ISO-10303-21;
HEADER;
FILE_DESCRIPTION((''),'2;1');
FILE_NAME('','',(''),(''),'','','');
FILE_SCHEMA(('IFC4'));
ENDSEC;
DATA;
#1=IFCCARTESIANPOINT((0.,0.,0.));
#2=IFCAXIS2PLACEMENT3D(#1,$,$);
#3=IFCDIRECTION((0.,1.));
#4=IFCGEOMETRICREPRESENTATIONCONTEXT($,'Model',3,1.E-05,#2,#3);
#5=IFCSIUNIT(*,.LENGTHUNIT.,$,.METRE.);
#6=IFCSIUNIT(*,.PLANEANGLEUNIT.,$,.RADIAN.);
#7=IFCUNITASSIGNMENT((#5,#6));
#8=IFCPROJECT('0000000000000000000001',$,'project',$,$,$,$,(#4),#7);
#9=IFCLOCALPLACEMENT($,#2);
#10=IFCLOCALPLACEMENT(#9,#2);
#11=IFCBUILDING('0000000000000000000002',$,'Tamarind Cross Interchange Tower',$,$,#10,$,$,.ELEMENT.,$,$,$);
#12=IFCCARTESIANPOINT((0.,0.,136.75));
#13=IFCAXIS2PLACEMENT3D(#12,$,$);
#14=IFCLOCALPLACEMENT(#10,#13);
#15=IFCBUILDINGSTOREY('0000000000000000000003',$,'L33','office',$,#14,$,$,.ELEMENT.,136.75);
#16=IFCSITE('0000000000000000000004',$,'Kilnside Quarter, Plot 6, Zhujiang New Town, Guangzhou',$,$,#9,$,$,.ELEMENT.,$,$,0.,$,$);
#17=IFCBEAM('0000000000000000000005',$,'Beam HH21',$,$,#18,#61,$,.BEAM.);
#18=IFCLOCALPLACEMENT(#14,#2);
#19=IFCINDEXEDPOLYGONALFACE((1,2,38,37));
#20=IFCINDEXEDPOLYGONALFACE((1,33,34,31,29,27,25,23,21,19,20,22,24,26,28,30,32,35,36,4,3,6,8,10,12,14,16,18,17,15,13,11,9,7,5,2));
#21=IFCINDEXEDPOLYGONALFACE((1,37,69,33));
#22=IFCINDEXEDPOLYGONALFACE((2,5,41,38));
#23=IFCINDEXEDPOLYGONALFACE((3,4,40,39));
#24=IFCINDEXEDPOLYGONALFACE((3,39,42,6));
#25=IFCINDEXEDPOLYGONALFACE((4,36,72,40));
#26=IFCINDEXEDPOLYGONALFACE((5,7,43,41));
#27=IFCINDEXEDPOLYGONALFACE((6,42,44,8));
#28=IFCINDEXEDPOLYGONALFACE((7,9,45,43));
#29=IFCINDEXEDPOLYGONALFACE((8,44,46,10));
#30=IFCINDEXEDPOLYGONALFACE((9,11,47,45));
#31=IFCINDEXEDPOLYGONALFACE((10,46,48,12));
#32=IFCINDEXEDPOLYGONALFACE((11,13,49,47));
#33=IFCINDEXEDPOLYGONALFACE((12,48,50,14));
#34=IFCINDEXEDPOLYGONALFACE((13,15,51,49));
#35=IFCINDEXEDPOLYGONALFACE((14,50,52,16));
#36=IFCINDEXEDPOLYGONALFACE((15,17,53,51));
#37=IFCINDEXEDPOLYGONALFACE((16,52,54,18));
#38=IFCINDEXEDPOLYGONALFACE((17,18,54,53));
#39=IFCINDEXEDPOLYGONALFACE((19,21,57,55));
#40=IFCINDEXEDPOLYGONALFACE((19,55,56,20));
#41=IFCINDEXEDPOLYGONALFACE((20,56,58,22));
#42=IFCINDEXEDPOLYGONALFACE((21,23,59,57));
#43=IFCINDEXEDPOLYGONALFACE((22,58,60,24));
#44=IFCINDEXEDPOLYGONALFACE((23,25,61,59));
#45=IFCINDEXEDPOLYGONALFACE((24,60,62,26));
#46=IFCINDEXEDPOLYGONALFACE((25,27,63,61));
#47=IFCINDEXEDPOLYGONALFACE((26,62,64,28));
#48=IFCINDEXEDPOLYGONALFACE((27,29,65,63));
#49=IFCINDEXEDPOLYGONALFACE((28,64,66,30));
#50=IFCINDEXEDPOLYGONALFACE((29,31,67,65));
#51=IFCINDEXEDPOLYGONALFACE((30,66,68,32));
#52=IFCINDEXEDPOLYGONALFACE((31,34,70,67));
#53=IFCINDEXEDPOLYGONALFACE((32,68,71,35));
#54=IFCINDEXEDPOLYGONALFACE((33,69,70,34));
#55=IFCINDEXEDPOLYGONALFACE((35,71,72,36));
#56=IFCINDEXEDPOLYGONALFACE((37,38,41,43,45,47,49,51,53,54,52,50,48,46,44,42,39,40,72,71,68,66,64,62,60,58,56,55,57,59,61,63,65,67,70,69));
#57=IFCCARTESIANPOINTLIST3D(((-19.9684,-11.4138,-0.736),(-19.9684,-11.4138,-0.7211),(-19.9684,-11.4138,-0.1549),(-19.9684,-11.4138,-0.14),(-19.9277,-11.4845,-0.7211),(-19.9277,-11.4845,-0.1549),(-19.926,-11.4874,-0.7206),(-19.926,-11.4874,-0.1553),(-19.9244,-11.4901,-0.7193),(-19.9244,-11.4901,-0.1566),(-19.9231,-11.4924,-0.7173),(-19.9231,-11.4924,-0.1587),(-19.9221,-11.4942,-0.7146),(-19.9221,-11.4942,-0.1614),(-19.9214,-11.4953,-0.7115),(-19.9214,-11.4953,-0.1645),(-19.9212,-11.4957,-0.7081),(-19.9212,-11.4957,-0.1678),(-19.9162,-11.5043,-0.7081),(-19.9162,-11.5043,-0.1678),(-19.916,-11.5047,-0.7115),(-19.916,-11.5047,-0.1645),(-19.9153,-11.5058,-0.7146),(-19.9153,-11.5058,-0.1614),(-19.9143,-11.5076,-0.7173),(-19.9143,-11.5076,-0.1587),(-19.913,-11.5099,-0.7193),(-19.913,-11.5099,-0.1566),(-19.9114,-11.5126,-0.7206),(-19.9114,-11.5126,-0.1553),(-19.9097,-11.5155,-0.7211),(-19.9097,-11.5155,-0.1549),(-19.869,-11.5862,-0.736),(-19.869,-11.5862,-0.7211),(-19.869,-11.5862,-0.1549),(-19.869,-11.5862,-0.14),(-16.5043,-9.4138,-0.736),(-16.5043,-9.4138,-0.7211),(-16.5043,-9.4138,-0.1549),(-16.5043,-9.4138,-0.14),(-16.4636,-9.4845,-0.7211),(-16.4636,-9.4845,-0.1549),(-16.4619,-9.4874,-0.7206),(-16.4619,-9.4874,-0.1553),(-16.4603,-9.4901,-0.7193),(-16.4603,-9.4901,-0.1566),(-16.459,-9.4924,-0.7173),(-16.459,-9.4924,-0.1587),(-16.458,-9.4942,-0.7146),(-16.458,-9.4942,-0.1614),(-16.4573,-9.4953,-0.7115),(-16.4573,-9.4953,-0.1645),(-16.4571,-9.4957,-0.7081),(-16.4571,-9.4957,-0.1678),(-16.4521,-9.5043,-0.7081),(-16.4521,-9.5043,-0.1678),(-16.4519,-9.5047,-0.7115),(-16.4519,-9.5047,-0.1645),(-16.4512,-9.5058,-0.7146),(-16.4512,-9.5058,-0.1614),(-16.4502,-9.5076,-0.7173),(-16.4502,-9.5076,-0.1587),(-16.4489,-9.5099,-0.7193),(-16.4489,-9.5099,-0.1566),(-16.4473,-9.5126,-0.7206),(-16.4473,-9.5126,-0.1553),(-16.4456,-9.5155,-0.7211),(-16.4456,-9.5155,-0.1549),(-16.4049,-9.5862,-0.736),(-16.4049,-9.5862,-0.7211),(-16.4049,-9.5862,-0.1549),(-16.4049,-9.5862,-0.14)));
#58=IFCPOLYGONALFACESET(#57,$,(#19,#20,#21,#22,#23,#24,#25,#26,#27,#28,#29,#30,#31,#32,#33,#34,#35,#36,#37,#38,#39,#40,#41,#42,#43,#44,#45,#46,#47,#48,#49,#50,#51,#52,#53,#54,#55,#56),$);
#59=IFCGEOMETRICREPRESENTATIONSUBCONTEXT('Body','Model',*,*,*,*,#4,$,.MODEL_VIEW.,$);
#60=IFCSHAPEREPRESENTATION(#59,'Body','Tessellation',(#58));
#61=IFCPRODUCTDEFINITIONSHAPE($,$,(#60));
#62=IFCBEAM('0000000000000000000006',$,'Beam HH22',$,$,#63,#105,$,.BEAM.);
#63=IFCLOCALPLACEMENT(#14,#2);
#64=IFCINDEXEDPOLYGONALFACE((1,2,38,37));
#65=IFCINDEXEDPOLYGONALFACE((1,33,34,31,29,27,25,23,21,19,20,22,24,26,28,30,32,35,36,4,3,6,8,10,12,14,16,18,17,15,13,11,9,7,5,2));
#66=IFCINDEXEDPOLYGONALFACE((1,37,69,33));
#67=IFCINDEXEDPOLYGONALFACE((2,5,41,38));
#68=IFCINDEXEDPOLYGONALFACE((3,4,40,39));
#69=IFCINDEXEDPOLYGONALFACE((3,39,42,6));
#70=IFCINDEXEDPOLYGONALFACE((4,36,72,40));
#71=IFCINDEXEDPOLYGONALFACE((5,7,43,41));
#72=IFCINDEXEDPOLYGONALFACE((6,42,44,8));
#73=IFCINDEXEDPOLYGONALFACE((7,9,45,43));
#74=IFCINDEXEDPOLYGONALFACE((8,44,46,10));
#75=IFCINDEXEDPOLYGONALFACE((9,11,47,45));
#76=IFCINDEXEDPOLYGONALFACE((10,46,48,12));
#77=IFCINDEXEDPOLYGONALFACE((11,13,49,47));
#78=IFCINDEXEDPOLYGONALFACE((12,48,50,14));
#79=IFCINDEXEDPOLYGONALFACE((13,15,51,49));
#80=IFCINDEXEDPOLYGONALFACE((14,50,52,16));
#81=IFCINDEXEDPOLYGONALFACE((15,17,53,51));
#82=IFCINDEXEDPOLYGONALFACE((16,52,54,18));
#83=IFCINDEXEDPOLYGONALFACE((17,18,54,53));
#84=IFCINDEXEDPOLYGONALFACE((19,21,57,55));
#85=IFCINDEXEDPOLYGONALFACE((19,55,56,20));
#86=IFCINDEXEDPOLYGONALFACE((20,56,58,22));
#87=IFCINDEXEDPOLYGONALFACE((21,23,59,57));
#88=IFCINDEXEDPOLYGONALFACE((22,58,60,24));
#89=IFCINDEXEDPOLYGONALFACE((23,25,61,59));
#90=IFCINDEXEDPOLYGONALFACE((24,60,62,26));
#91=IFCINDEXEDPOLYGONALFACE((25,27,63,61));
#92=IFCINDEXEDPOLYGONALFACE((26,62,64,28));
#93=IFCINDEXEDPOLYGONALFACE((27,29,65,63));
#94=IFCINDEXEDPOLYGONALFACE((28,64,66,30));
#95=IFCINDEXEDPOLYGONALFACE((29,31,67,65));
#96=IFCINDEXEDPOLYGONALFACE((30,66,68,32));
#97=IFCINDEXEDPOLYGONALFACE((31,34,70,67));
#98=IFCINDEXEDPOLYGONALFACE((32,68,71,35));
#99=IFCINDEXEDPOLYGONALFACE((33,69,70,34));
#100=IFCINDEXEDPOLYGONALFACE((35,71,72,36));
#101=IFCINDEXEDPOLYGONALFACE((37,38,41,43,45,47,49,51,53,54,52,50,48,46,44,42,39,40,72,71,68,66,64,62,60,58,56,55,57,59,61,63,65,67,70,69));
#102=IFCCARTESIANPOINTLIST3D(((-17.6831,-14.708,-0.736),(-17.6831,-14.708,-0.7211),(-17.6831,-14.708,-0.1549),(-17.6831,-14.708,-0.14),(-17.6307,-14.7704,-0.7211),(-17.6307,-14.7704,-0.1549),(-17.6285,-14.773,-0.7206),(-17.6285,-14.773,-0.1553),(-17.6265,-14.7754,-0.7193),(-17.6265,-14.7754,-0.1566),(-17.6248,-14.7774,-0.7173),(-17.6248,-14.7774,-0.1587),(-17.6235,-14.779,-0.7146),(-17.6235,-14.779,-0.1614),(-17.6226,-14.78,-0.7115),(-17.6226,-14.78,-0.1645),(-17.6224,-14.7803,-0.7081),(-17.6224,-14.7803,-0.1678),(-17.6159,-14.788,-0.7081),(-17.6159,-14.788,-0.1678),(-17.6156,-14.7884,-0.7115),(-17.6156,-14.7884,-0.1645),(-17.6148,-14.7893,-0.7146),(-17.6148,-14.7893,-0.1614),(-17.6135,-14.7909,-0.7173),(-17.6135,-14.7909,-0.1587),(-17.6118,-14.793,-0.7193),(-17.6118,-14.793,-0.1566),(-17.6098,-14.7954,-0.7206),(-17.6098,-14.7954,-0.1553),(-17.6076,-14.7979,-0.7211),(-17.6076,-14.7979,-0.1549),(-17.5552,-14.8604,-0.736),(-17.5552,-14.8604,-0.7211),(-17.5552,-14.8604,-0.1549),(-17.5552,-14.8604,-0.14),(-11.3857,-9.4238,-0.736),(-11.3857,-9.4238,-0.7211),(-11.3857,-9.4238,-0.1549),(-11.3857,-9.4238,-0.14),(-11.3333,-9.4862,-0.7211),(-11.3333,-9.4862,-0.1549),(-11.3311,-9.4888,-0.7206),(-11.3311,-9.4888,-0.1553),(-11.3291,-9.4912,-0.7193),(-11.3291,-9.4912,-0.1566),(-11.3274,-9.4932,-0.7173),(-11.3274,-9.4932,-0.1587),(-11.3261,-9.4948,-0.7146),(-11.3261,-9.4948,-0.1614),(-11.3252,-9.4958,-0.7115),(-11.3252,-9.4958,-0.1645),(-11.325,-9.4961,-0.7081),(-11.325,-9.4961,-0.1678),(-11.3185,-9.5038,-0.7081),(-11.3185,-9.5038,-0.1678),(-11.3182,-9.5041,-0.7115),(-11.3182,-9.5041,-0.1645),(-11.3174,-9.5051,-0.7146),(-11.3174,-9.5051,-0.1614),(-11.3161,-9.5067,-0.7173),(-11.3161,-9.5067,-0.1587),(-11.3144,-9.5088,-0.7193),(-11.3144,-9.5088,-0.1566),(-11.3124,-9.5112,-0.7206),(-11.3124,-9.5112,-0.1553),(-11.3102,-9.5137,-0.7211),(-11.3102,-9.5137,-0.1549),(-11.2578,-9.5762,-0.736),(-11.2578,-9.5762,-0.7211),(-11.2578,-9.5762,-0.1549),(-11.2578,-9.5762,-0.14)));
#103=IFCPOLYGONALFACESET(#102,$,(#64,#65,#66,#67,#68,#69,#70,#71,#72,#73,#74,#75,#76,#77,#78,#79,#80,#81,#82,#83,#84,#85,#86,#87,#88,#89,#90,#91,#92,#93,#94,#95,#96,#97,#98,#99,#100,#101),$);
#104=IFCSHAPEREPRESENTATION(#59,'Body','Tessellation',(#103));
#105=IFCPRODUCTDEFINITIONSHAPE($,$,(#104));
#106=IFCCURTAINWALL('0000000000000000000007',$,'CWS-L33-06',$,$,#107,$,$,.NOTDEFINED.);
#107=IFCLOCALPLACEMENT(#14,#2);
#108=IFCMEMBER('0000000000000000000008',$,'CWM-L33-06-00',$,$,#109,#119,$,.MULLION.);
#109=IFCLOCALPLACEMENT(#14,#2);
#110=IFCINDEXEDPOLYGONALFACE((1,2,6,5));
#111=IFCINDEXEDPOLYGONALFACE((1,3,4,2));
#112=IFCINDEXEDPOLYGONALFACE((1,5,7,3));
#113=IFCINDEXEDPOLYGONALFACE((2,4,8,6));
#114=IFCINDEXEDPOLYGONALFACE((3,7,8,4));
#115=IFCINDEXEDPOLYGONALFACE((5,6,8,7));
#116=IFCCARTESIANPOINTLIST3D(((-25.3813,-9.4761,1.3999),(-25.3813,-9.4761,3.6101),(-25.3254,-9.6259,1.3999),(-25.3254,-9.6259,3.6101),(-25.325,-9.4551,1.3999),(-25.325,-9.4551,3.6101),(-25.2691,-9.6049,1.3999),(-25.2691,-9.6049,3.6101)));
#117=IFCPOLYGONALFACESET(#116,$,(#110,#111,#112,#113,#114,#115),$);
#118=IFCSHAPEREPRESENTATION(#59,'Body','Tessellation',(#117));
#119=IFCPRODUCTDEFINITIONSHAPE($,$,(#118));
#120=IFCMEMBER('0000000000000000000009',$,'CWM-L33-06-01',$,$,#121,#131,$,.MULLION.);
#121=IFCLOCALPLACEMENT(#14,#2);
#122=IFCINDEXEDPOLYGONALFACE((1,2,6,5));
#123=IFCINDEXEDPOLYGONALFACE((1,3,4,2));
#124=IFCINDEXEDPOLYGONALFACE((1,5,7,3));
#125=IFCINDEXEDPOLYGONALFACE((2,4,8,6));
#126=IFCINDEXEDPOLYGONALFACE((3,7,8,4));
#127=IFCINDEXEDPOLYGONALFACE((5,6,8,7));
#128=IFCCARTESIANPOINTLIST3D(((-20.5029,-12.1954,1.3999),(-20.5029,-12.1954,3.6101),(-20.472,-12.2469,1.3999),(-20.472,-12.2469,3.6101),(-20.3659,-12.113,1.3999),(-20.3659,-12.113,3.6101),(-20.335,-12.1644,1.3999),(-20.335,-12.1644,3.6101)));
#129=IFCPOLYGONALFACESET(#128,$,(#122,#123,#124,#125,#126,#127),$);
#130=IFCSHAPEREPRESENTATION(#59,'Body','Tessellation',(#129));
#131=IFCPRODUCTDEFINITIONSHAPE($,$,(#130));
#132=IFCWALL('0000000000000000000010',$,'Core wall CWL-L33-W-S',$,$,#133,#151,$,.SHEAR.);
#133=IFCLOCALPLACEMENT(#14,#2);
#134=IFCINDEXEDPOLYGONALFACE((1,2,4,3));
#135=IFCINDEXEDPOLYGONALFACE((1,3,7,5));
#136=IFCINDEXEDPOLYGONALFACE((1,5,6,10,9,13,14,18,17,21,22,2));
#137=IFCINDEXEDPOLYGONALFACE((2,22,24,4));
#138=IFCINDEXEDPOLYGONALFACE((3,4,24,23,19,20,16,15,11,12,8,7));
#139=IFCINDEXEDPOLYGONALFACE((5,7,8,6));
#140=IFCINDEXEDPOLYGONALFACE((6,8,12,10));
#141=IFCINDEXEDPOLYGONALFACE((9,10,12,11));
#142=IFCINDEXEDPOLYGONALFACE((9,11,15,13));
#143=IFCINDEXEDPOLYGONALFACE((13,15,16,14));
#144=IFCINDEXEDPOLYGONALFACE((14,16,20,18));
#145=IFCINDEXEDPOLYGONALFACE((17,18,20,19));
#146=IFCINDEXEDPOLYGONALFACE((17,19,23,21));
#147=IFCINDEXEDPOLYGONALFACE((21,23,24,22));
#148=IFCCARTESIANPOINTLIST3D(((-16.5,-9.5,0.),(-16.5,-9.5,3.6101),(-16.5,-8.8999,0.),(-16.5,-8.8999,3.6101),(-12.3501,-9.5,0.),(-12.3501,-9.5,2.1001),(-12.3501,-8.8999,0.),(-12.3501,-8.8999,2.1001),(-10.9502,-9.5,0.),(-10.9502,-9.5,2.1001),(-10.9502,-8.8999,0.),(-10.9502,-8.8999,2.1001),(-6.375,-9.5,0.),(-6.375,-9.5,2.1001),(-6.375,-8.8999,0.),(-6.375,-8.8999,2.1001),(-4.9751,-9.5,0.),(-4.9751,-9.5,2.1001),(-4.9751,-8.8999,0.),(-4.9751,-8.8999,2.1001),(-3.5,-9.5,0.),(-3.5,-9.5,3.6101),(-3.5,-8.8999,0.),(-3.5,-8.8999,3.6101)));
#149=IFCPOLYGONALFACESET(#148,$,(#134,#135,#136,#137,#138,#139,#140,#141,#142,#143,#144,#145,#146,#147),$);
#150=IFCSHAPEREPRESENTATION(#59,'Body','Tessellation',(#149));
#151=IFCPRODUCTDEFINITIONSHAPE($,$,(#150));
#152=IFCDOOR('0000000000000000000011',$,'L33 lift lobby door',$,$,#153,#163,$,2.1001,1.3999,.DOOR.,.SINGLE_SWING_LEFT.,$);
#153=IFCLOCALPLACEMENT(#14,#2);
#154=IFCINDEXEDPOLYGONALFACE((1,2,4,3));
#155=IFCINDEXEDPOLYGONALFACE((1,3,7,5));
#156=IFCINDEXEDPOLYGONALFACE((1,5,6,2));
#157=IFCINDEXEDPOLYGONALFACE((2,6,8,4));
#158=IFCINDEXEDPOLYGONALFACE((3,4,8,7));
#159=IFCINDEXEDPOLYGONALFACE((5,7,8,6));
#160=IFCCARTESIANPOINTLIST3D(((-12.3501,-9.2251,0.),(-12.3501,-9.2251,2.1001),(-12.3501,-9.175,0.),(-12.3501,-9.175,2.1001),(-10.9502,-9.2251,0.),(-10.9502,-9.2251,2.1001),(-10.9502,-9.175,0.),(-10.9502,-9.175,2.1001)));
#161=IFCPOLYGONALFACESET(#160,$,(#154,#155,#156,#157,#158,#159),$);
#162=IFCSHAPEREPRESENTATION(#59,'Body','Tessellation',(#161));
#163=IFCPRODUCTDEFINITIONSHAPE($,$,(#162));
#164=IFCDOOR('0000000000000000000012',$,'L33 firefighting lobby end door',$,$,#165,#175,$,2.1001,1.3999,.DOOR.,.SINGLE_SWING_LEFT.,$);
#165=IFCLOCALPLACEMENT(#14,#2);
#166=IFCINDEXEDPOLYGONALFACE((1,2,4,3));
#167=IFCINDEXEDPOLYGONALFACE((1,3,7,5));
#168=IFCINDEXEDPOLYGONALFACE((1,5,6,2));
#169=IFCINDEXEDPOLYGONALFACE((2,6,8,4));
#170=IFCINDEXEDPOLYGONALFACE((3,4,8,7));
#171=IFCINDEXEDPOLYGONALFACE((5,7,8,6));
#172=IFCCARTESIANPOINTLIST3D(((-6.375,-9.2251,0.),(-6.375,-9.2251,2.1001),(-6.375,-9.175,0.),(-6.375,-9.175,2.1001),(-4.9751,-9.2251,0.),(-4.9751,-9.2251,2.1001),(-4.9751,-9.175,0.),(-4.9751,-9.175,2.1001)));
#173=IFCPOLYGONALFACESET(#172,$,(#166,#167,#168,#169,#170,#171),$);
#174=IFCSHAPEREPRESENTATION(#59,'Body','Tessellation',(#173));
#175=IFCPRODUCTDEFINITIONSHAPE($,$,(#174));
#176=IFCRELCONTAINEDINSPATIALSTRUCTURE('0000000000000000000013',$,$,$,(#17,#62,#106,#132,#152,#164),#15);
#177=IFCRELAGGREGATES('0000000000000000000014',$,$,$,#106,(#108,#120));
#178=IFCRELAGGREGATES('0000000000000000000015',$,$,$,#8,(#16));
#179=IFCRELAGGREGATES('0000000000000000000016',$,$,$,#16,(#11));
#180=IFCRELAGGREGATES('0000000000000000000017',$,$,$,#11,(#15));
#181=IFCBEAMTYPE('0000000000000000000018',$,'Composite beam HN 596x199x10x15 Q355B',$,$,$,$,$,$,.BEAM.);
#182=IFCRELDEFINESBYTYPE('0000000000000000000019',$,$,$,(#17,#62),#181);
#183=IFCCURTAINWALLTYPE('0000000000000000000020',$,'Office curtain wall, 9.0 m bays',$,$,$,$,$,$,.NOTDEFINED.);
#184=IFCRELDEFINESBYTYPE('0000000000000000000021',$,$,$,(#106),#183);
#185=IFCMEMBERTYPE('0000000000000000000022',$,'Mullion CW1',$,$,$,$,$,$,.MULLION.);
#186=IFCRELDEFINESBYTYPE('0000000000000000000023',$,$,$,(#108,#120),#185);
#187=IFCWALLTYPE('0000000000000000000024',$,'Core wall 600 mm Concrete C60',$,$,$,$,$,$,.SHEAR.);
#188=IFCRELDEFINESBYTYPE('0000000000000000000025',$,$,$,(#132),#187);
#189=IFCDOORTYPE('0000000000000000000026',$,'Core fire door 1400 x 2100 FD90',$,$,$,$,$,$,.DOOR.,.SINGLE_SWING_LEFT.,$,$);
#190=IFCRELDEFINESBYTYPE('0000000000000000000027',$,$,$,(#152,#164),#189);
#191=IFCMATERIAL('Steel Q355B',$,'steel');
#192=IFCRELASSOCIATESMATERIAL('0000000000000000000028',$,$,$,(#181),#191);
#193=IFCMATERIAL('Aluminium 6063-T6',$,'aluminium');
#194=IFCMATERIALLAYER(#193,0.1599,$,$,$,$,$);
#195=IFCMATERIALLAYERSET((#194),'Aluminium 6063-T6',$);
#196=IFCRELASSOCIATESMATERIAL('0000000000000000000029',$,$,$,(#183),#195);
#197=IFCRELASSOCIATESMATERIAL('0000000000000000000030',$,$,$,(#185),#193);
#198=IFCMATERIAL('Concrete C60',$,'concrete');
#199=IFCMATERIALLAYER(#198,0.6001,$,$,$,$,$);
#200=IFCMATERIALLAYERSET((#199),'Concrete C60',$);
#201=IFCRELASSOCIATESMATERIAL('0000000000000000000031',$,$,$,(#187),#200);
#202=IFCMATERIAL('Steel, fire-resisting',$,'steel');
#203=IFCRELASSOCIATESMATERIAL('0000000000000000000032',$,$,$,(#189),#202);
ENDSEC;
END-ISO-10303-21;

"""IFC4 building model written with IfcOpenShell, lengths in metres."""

from ifc_helpers import new_model, si_unit, direction, frame, frame_2d, origin, origin_2d, place, context, subcontext, project, spatial, rectangle, i_section, extrude, material, layer, layer_set, material_profile, profile_set, type_object, element, fill, aggregate, save


model = new_model("IFC4")

# Units and contexts
model_context = context("Model", 3, precision=1e-05, world=origin(), true_north=direction((0.0, 1.0)))
body_context = subcontext(model_context, "Body", "Model", "MODEL_VIEW")
ifc_project = project(units=[si_unit("LENGTHUNIT", "METRE"), si_unit("PLANEANGLEUNIT", "RADIAN")], contexts=[model_context])

# Site, building, storey
site_placement = place(None, origin())
site = spatial("IfcSite", under=ifc_project, at=site_placement, Name="Kilnside Quarter, Plot 6, Zhujiang New Town, Guangzhou", CompositionType="ELEMENT", RefElevation=0.0)
building_placement = place(site_placement, origin())
building = spatial("IfcBuilding", under=site, at=building_placement, Name="Tamarind Cross Interchange Tower", CompositionType="ELEMENT")
storey_placement = place(building_placement, frame((0.0, 0.0, 136.75)))
storey = spatial("IfcBuildingStorey", under=building, at=storey_placement, Name="L33", Description="office", CompositionType="ELEMENT", Elevation=136.75)

# Shared definitions
ifc_material_1 = material(Name="Concrete C60", Category="concrete")

# Beams
ifc_material_2 = material(Name="Steel Q355B", Category="steel")
ifc_material_profile_1 = material_profile(ifc_material_2, i_section(OverallWidth=0.199, OverallDepth=0.5959, WebThickness=0.01, FlangeThickness=0.0149, FilletRadius=0.0129, at=origin_2d()), Name="HN 596x199x10x15")
ifc_profile_set_1 = profile_set([ifc_material_profile_1], Name="Steel Q355B")
beam_type_1 = type_object("IfcBeamType", Name="Composite beam HN 596x199x10x15 Q355B", PredefinedType="BEAM", material=ifc_profile_set_1)
beam_1_placement = place(storey_placement, frame((-19.9187, -11.5, -0.438), z_axis=(0.866026, 0.499999, 0.0), x_axis=(-0.499999, 0.866026, 0.0)))
element("IfcBeam", 1, at=beam_1_placement, inside=storey, type_object=beam_type_1, Name="Beam HH21", PredefinedType="BEAM", context=body_context, shape_type="SweptSolid", body=[
    extrude(i_section(OverallWidth=0.199, OverallDepth=0.5959, WebThickness=0.01, FlangeThickness=0.0149, FilletRadius=0.0129, at=origin_2d()), origin(), (0.0, 0.0, 1.0), 4.0),
])
beam_2_placement = place(storey_placement, frame((-17.6191, -14.7842, -0.438), z_axis=(0.766041, 0.642792, 0.0), x_axis=(-0.642792, 0.766041, 0.0)))
element("IfcBeam", 2, at=beam_2_placement, inside=storey, type_object=beam_type_1, Name="Beam HH22", PredefinedType="BEAM", context=body_context, shape_type="SweptSolid", body=[
    extrude(i_section(OverallWidth=0.199, OverallDepth=0.5959, WebThickness=0.01, FlangeThickness=0.0149, FilletRadius=0.0129, at=origin_2d()), origin(), (0.0, 0.0, 1.0), 8.2207),
])

# Curtain wall, members
ifc_material_3 = material(Name="Aluminium 6063-T6", Category="aluminium")
ifc_layer_1 = layer(ifc_material_3, 0.1599)
ifc_layer_set_1 = layer_set([ifc_layer_1], Name="Aluminium 6063-T6")
curtain_wall_type = type_object("IfcCurtainWallType", Name="Office curtain wall, 9.0 m bays", PredefinedType="NOTDEFINED", material=ifc_layer_set_1)
curtain_wall_placement = place(storey_placement, origin())
curtain_wall = element("IfcCurtainWall", 3, at=curtain_wall_placement, inside=storey, type_object=curtain_wall_type, Name="CWS-L33-06", PredefinedType="NOTDEFINED")
ifc_material_profile_2 = material_profile(ifc_material_3, rectangle(XDim=0.0601, YDim=0.1599, at=origin_2d()), Name="Mullion CW1")
ifc_profile_set_2 = profile_set([ifc_material_profile_2], Name="Aluminium 6063-T6")
member_type = type_object("IfcMemberType", Name="Mullion CW1", PredefinedType="MULLION", material=ifc_profile_set_2)
member_1_placement = place(storey_placement, frame((-25.3252, -9.5405, 1.3999), z_axis=(0.0, 0.0, 1.0), x_axis=(0.936835, 0.349771, 0.0)))
member_1 = element("IfcMember", 4, at=member_1_placement, type_object=member_type, Name="CWM-L33-06-00", PredefinedType="MULLION", context=body_context, shape_type="SweptSolid", body=[
    extrude(rectangle(XDim=0.0601, YDim=0.1599, at=origin_2d()), origin(), (0.0, 0.0, 1.0), 2.2102),
])
member_2_placement = place(storey_placement, frame((-20.4189, -12.1799, 1.3999), z_axis=(0.0, 0.0, 1.0), x_axis=(0.515577, -0.856843, 0.0)))
member_2 = element("IfcMember", 5, at=member_2_placement, type_object=member_type, Name="CWM-L33-06-01", PredefinedType="MULLION", context=body_context, shape_type="SweptSolid", body=[
    extrude(rectangle(XDim=0.0601, YDim=0.1599, at=origin_2d()), origin(), (0.0, 0.0, 1.0), 2.2102),
])
aggregate(curtain_wall, [member_1, member_2])

# Wall, openings, doors
ifc_layer_2 = layer(ifc_material_1, 0.6001)
ifc_layer_set_2 = layer_set([ifc_layer_2], Name="Concrete C60")
wall_type_1 = type_object("IfcWallType", Name="Core wall 600 mm Concrete C60", PredefinedType="SHEAR", material=ifc_layer_set_2)
wall_1_placement = place(storey_placement, frame((-16.5, -9.2, 0.0), z_axis=(0.0, 0.0, 1.0), x_axis=(1.0, 0.0, 0.0)))
wall_1 = element("IfcWall", 6, at=wall_1_placement, inside=storey, type_object=wall_type_1, Name="Core wall CWL-L33-W-S", PredefinedType="SHEAR", context=body_context, shape_type="SweptSolid", body=[
    extrude(rectangle(XDim=13.0, YDim=0.6001, at=frame_2d((6.5, 0.0))), origin(), (0.0, 0.0, 1.0), 3.6101),
])
opening_1_placement = place(wall_1_placement, frame((4.1499, 0.0, 0.0)))
opening_1 = element("IfcOpeningElement", 7, at=opening_1_placement, cuts=wall_1, PredefinedType="OPENING", context=body_context, shape_type="SweptSolid", body=[
    extrude(rectangle(XDim=1.3999, YDim=2.1001, at=frame_2d((0.7, 1.05))), frame((0.0, 0.3101, 0.0), z_axis=(0.0, -1.0, 0.0), x_axis=(1.0, 0.0, 0.0)), (0.0, 0.0, 1.0), 0.6201),
])
opening_2_placement = place(wall_1_placement, frame((10.125, 0.0, 0.0)))
opening_2 = element("IfcOpeningElement", 8, at=opening_2_placement, cuts=wall_1, PredefinedType="OPENING", context=body_context, shape_type="SweptSolid", body=[
    extrude(rectangle(XDim=1.3999, YDim=2.1001, at=frame_2d((0.7, 1.05))), frame((0.0, 0.3101, 0.0), z_axis=(0.0, -1.0, 0.0), x_axis=(1.0, 0.0, 0.0)), (0.0, 0.0, 1.0), 0.6201),
])
ifc_material_4 = material(Name="Steel, fire-resisting", Category="steel")
door_type_1 = type_object("IfcDoorType", Name="Core fire door 1400 x 2100 FD90", OperationType="SINGLE_SWING_LEFT", PredefinedType="DOOR", material=ifc_material_4)
door_1_placement = place(opening_1_placement, origin())
door_1 = element("IfcDoor", 9, at=door_1_placement, inside=storey, type_object=door_type_1, Name="L33 lift lobby door", OperationType="SINGLE_SWING_LEFT", OverallHeight=2.1001, OverallWidth=1.3999, PredefinedType="DOOR", context=body_context, shape_type="SweptSolid", body=[
    extrude(rectangle(XDim=1.3999, YDim=2.1001, at=frame_2d((0.7, 1.05))), frame((0.0, 0.0249, 0.0), z_axis=(0.0, -1.0, 0.0), x_axis=(1.0, 0.0, 0.0)), (0.0, 0.0, 1.0), 0.05),
])
fill(opening_1, door_1)
door_2_placement = place(opening_2_placement, origin())
door_2 = element("IfcDoor", 10, at=door_2_placement, inside=storey, type_object=door_type_1, Name="L33 firefighting lobby end door", OperationType="SINGLE_SWING_LEFT", OverallHeight=2.1001, OverallWidth=1.3999, PredefinedType="DOOR", context=body_context, shape_type="SweptSolid", body=[
    extrude(rectangle(XDim=1.3999, YDim=2.1001, at=frame_2d((0.7, 1.05))), frame((0.0, 0.0249, 0.0), z_axis=(0.0, -1.0, 0.0), x_axis=(1.0, 0.0, 0.0)), (0.0, 0.0, 1.0), 0.05),
])
fill(opening_2, door_2)

save(model, "model.ifc")
